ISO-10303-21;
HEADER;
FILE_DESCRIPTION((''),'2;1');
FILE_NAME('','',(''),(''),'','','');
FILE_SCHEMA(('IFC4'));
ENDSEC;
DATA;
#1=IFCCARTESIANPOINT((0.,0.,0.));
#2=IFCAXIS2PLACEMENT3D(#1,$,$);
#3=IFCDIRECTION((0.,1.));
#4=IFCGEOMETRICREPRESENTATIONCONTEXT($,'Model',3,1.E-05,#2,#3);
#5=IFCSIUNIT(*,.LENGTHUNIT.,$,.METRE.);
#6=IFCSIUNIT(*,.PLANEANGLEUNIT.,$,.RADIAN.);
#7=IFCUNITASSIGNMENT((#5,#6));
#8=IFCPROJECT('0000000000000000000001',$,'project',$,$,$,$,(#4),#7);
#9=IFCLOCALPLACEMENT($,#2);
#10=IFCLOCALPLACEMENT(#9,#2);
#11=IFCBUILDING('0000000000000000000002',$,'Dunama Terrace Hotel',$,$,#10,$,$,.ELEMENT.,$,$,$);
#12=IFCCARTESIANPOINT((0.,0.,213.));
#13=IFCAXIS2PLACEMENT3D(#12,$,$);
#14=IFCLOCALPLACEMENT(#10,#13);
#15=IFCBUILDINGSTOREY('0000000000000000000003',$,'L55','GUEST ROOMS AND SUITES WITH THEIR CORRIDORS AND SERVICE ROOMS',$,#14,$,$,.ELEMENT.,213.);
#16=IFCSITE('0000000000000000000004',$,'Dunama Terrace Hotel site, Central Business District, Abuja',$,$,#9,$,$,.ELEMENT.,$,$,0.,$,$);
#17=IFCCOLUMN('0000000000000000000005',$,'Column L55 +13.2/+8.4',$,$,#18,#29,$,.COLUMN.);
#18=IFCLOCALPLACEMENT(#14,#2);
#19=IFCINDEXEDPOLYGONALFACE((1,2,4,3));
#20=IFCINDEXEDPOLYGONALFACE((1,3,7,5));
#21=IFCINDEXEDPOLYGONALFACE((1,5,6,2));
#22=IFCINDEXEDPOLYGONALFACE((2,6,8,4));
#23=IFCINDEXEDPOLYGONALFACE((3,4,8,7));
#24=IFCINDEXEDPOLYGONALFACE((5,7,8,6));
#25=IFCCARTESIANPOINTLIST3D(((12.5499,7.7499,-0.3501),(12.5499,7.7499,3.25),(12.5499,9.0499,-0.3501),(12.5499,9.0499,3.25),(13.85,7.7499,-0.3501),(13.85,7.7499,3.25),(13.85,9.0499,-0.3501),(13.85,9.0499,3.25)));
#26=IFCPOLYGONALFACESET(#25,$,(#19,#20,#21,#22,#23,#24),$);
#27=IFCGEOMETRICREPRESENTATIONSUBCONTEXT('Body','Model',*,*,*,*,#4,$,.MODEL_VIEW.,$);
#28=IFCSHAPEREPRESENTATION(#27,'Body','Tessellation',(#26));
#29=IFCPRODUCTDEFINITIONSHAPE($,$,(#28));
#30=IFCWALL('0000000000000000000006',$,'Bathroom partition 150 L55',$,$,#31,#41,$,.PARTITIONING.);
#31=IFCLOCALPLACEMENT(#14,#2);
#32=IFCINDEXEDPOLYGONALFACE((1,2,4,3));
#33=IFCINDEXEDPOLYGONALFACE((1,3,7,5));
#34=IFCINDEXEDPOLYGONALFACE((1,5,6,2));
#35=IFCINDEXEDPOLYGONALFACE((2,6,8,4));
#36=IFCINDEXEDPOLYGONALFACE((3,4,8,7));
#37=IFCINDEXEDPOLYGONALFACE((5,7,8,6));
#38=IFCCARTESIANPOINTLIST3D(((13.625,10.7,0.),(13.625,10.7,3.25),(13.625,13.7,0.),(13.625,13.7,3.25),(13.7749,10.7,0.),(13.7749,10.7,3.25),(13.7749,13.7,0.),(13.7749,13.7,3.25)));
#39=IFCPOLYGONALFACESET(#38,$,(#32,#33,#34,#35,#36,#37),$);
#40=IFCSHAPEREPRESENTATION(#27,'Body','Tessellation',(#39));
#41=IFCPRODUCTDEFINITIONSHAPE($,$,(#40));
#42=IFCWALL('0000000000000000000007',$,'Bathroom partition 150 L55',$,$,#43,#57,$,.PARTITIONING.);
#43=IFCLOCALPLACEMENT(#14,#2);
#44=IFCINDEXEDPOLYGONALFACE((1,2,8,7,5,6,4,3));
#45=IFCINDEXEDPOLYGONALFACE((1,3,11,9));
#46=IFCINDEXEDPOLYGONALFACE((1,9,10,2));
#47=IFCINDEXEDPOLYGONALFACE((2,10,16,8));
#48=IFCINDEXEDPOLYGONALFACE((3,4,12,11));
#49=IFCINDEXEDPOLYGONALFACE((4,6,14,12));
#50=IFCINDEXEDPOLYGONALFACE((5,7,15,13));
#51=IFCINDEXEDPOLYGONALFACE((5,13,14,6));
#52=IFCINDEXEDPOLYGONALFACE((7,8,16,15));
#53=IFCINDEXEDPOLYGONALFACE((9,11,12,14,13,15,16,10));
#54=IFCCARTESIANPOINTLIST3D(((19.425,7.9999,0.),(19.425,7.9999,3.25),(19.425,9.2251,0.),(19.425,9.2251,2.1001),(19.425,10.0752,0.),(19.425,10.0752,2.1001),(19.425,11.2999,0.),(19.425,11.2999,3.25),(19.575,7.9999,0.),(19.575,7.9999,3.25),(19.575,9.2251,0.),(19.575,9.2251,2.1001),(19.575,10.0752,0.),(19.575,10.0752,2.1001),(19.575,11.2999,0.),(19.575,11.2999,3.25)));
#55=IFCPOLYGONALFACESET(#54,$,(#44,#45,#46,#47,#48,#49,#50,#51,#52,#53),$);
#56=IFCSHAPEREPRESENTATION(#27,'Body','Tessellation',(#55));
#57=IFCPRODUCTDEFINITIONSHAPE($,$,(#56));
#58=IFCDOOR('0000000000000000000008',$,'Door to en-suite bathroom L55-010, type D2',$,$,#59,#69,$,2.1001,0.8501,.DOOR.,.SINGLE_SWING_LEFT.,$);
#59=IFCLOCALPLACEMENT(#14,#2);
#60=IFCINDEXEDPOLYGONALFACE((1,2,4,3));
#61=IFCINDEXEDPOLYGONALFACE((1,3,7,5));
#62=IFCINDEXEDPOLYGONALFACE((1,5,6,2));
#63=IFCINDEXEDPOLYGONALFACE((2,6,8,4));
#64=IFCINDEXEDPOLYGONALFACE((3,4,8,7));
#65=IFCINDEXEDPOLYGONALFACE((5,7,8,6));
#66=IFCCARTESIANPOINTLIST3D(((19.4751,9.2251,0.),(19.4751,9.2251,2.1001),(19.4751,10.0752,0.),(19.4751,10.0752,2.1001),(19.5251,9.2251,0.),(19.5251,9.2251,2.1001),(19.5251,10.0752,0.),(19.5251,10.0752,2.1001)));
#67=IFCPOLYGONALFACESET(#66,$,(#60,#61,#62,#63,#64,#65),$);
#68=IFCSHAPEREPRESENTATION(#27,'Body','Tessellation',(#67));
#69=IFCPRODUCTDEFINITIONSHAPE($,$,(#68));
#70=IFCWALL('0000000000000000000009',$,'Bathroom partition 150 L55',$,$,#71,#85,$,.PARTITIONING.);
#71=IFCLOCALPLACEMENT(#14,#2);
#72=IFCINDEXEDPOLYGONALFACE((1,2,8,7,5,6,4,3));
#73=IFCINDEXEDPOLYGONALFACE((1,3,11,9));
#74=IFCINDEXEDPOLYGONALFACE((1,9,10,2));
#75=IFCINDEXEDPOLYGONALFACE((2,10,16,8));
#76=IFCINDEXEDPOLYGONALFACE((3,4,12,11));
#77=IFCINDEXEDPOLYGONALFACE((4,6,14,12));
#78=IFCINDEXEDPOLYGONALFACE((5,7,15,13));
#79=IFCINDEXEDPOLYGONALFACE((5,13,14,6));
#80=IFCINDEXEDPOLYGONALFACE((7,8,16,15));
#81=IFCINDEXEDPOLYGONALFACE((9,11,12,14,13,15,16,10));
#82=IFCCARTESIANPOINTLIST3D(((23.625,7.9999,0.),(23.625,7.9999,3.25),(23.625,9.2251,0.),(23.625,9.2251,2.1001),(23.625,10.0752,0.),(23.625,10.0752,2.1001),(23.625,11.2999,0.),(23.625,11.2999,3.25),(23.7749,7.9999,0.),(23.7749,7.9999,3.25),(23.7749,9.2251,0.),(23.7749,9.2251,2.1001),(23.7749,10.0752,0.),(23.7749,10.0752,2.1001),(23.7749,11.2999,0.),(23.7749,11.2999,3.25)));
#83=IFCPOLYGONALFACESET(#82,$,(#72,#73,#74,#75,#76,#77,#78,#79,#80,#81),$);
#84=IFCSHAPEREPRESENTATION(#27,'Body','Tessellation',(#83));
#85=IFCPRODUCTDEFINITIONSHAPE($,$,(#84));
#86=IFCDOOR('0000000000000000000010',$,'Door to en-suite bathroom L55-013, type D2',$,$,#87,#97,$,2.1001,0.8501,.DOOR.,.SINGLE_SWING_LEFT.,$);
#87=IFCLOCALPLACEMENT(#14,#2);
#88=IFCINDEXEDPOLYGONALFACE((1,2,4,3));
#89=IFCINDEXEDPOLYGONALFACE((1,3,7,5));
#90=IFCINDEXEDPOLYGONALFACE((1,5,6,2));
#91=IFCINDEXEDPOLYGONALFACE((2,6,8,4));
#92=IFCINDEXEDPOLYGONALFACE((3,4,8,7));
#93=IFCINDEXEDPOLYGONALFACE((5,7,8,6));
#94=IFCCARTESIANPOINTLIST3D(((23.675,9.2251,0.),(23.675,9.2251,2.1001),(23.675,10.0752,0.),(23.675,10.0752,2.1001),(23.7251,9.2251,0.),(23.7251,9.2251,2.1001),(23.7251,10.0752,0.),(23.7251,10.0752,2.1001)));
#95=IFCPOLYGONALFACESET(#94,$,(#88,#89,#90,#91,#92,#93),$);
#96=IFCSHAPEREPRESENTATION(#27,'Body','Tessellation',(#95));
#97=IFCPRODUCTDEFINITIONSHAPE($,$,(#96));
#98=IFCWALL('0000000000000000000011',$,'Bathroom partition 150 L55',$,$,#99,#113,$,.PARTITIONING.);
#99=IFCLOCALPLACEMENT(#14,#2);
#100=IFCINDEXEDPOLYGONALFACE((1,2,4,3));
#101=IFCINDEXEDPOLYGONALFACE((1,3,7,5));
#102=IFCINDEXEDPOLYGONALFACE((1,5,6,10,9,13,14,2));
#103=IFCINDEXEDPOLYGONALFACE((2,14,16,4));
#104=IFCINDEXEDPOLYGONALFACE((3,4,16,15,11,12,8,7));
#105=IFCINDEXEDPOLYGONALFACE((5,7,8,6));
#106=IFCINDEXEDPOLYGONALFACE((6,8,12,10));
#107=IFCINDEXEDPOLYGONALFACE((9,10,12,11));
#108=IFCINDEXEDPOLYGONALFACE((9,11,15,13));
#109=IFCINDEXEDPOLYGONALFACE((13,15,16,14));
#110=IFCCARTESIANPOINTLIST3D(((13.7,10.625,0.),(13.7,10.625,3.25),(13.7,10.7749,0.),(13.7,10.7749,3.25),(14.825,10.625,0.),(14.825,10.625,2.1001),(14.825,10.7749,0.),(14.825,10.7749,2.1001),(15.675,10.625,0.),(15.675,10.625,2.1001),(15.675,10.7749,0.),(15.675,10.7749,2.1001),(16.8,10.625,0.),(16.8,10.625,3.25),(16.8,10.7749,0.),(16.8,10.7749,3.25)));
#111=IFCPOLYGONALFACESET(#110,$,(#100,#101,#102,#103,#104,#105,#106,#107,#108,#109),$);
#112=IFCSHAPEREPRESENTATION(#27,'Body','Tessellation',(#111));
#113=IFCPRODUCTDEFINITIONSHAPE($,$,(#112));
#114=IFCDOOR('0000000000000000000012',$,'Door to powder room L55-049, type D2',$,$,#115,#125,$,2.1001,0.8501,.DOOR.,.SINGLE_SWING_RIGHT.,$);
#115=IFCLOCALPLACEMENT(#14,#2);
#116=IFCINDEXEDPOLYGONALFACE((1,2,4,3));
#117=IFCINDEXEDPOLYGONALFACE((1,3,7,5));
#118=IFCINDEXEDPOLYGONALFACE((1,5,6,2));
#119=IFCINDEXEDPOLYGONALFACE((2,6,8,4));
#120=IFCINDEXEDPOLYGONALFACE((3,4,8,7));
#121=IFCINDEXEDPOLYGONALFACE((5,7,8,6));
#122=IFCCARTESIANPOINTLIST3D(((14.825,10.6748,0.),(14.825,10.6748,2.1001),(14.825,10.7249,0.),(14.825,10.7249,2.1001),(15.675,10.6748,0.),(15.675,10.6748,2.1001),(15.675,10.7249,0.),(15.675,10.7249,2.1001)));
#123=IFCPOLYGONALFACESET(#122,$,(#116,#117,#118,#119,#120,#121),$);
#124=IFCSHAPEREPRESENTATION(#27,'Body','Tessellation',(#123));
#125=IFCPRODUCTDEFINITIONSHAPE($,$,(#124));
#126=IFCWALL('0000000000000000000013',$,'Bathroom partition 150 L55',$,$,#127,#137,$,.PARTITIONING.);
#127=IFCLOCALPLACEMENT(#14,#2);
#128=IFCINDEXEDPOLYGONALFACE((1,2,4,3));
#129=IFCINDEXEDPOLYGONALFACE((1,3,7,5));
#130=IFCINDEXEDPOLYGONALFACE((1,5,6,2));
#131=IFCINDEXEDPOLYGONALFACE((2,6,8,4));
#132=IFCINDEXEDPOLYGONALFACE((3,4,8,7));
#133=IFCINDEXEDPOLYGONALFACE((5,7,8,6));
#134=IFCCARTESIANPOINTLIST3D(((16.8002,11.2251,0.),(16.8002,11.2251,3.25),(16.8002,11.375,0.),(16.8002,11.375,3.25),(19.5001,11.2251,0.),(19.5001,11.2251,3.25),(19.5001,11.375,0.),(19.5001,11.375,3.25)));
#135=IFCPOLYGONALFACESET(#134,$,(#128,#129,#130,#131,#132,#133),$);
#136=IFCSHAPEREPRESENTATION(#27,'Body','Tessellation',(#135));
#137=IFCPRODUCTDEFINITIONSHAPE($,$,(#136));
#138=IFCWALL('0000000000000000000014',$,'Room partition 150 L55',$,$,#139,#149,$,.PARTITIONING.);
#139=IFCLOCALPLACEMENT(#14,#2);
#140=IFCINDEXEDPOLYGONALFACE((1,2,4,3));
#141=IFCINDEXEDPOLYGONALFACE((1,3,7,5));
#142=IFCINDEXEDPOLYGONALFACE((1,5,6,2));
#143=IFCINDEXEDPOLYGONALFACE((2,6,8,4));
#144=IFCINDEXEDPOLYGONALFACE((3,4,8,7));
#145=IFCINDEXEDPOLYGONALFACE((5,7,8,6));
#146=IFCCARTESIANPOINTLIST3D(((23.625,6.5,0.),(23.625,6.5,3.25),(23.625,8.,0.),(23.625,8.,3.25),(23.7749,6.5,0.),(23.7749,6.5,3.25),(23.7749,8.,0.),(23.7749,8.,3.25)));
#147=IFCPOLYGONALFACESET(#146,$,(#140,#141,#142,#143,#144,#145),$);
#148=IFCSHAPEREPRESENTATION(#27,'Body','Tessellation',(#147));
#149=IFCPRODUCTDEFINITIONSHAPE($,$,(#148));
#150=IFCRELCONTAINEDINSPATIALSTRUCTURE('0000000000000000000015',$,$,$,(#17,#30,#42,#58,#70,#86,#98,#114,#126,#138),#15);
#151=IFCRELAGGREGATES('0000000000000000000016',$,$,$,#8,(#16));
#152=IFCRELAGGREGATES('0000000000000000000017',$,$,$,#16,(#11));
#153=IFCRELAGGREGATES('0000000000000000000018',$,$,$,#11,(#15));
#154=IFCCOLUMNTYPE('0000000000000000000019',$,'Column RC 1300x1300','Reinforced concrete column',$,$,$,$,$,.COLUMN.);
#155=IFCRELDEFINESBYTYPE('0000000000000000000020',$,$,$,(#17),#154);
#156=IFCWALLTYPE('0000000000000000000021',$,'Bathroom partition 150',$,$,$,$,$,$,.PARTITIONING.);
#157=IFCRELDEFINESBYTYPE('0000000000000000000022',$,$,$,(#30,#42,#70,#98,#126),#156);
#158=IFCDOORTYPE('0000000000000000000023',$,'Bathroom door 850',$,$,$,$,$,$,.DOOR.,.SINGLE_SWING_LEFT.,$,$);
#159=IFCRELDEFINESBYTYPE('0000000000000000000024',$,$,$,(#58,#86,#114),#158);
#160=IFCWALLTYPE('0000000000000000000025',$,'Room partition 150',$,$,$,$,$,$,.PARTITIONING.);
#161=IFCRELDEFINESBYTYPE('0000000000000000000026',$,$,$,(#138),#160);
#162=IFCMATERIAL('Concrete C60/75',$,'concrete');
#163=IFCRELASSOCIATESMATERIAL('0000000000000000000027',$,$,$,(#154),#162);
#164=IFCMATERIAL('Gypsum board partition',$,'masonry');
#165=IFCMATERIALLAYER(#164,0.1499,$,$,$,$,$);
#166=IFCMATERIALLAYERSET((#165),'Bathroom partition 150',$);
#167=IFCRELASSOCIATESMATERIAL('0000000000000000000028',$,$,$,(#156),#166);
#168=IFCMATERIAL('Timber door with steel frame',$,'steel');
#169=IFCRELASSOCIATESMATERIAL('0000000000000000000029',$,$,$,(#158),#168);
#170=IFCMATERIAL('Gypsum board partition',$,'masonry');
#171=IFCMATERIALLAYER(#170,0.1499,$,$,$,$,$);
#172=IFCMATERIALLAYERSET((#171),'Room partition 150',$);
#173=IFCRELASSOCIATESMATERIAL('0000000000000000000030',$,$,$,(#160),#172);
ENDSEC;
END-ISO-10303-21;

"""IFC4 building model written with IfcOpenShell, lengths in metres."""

from ifc_helpers import new_model, si_unit, direction, frame, frame_2d, origin, origin_2d, place, context, subcontext, project, spatial, rectangle, extrude, material, layer, layer_set, material_profile, profile_set, type_object, element, fill, save


model = new_model("IFC4")

# Units and contexts
model_context = context("Model", 3, precision=1e-05, world=origin(), true_north=direction((0.0, 1.0)))
body_context = subcontext(model_context, "Body", "Model", "MODEL_VIEW")
ifc_project = project(units=[si_unit("LENGTHUNIT", "METRE"), si_unit("PLANEANGLEUNIT", "RADIAN")], contexts=[model_context])

# Site, building, storey
site_placement = place(None, origin())
site = spatial("IfcSite", under=ifc_project, at=site_placement, Name="Dunama Terrace Hotel site, Central Business District, Abuja", CompositionType="ELEMENT", RefElevation=0.0)
building_placement = place(site_placement, origin())
building = spatial("IfcBuilding", under=site, at=building_placement, Name="Dunama Terrace Hotel", CompositionType="ELEMENT")
storey_placement = place(building_placement, frame((0.0, 0.0, 213.0)))
storey = spatial("IfcBuildingStorey", under=building, at=storey_placement, Name="L55", Description="GUEST ROOMS AND SUITES WITH THEIR CORRIDORS AND SERVICE ROOMS", CompositionType="ELEMENT", Elevation=213.0)

# Column
ifc_material_1 = material(Name="Concrete C60/75", Category="concrete")
ifc_material_profile = material_profile(ifc_material_1, rectangle(XDim=1.3, YDim=1.3, at=origin_2d()), Name="RC 1300x1300")
ifc_profile_set = profile_set([ifc_material_profile], Name="Concrete C60/75")
column_type = type_object("IfcColumnType", Name="Column RC 1300x1300", Description="Reinforced concrete column", PredefinedType="COLUMN", material=ifc_profile_set)
column_placement = place(storey_placement, frame((13.2, 8.3999, -0.3501), z_axis=(0.0, 0.0, 1.0), x_axis=(1.0, 0.0, 0.0)))
element("IfcColumn", 1, at=column_placement, inside=storey, type_object=column_type, Name="Column L55 +13.2/+8.4", PredefinedType="COLUMN", context=body_context, shape_type="SweptSolid", body=[
    extrude(rectangle(XDim=1.3, YDim=1.3, at=origin_2d()), origin(), (0.0, 0.0, 1.0), 3.6001),
])

# Wall
ifc_material_2 = material(Name="Gypsum board partition", Category="masonry")
ifc_layer_1 = layer(ifc_material_2, 0.1499)
ifc_layer_set_1 = layer_set([ifc_layer_1], Name="Bathroom partition 150")
wall_type_1 = type_object("IfcWallType", Name="Bathroom partition 150", PredefinedType="PARTITIONING", material=ifc_layer_set_1)
wall_1_placement = place(storey_placement, frame((13.7, 10.7, 0.0), z_axis=(0.0, 0.0, 1.0), x_axis=(0.0, 1.0, 0.0)))
element("IfcWall", 2, at=wall_1_placement, inside=storey, type_object=wall_type_1, Name="Bathroom partition 150 L55", PredefinedType="PARTITIONING", context=body_context, shape_type="SweptSolid", body=[
    extrude(rectangle(XDim=3.0, YDim=0.1499, at=frame_2d((1.5, 0.0))), origin(), (0.0, 0.0, 1.0), 3.25),
])

# Walls, openings, doors
wall_2_placement = place(storey_placement, frame((19.5, 8.0, 0.0), z_axis=(0.0, 0.0, 1.0), x_axis=(0.0, 1.0, 0.0)))
wall_2 = element("IfcWall", 3, at=wall_2_placement, inside=storey, type_object=wall_type_1, Name="Bathroom partition 150 L55", PredefinedType="PARTITIONING", context=body_context, shape_type="SweptSolid", body=[
    extrude(rectangle(XDim=3.3, YDim=0.1499, at=frame_2d((1.6499, 0.0))), origin(), (0.0, 0.0, 1.0), 3.25),
])
opening_1_placement = place(wall_2_placement, frame((1.2251, 0.0, 0.0)))
opening_1 = element("IfcOpeningElement", 4, at=opening_1_placement, cuts=wall_2, PredefinedType="OPENING", context=body_context, shape_type="SweptSolid", body=[
    extrude(rectangle(XDim=0.8501, YDim=2.1001, at=frame_2d((0.425, 1.05))), frame((0.0, 0.085, 0.0), z_axis=(0.0, -1.0, 0.0), x_axis=(1.0, 0.0, 0.0)), (0.0, 0.0, 1.0), 0.1699),
])
ifc_material_3 = material(Name="Timber door with steel frame", Category="steel")
door_type_1 = type_object("IfcDoorType", Name="Bathroom door 850", OperationType="SINGLE_SWING_LEFT", PredefinedType="DOOR", material=ifc_material_3)
door_1_placement = place(opening_1_placement, origin())
door_1 = element("IfcDoor", 5, at=door_1_placement, inside=storey, type_object=door_type_1, Name="Door to en-suite bathroom L55-010, type D2", OperationType="SINGLE_SWING_LEFT", OverallHeight=2.1001, OverallWidth=0.8501, PredefinedType="DOOR", context=body_context, shape_type="SweptSolid", body=[
    extrude(rectangle(XDim=0.8501, YDim=2.1001, at=frame_2d((0.425, 1.05))), frame((0.0, 0.0249, 0.0), z_axis=(0.0, -1.0, 0.0), x_axis=(1.0, 0.0, 0.0)), (0.0, 0.0, 1.0), 0.05),
])
fill(opening_1, door_1)
wall_3_placement = place(storey_placement, frame((23.7, 8.0, 0.0), z_axis=(0.0, 0.0, 1.0), x_axis=(0.0, 1.0, 0.0)))
wall_3 = element("IfcWall", 6, at=wall_3_placement, inside=storey, type_object=wall_type_1, Name="Bathroom partition 150 L55", PredefinedType="PARTITIONING", context=body_context, shape_type="SweptSolid", body=[
    extrude(rectangle(XDim=3.3, YDim=0.1499, at=frame_2d((1.6499, 0.0))), origin(), (0.0, 0.0, 1.0), 3.25),
])
opening_2_placement = place(wall_3_placement, frame((1.2251, 0.0, 0.0)))
opening_2 = element("IfcOpeningElement", 7, at=opening_2_placement, cuts=wall_3, PredefinedType="OPENING", context=body_context, shape_type="SweptSolid", body=[
    extrude(rectangle(XDim=0.8501, YDim=2.1001, at=frame_2d((0.425, 1.05))), frame((0.0, 0.085, 0.0), z_axis=(0.0, -1.0, 0.0), x_axis=(1.0, 0.0, 0.0)), (0.0, 0.0, 1.0), 0.1699),
])
door_2_placement = place(opening_2_placement, origin())
door_2 = element("IfcDoor", 8, at=door_2_placement, inside=storey, type_object=door_type_1, Name="Door to en-suite bathroom L55-013, type D2", OperationType="SINGLE_SWING_LEFT", OverallHeight=2.1001, OverallWidth=0.8501, PredefinedType="DOOR", context=body_context, shape_type="SweptSolid", body=[
    extrude(rectangle(XDim=0.8501, YDim=2.1001, at=frame_2d((0.425, 1.05))), frame((0.0, 0.0249, 0.0), z_axis=(0.0, -1.0, 0.0), x_axis=(1.0, 0.0, 0.0)), (0.0, 0.0, 1.0), 0.05),
])
fill(opening_2, door_2)
wall_4_placement = place(storey_placement, frame((13.7, 10.7, 0.0), z_axis=(0.0, 0.0, 1.0), x_axis=(1.0, 0.0, 0.0)))
wall_4 = element("IfcWall", 9, at=wall_4_placement, inside=storey, type_object=wall_type_1, Name="Bathroom partition 150 L55", PredefinedType="PARTITIONING", context=body_context, shape_type="SweptSolid", body=[
    extrude(rectangle(XDim=3.1001, YDim=0.1499, at=frame_2d((1.55, 0.0))), origin(), (0.0, 0.0, 1.0), 3.25),
])
opening_3_placement = place(wall_4_placement, frame((1.125, 0.0, 0.0)))
opening_3 = element("IfcOpeningElement", 10, at=opening_3_placement, cuts=wall_4, PredefinedType="OPENING", context=body_context, shape_type="SweptSolid", body=[
    extrude(rectangle(XDim=0.8501, YDim=2.1001, at=frame_2d((0.425, 1.05))), frame((0.0, 0.085, 0.0), z_axis=(0.0, -1.0, 0.0), x_axis=(1.0, 0.0, 0.0)), (0.0, 0.0, 1.0), 0.1699),
])
door_3_placement = place(opening_3_placement, origin())
door_3 = element("IfcDoor", 11, at=door_3_placement, inside=storey, type_object=door_type_1, Name="Door to powder room L55-049, type D2", OperationType="SINGLE_SWING_RIGHT", OverallHeight=2.1001, OverallWidth=0.8501, PredefinedType="DOOR", context=body_context, shape_type="SweptSolid", body=[
    extrude(rectangle(XDim=0.8501, YDim=2.1001, at=frame_2d((0.425, 1.05))), frame((0.0, 0.0249, 0.0), z_axis=(0.0, -1.0, 0.0), x_axis=(1.0, 0.0, 0.0)), (0.0, 0.0, 1.0), 0.05),
])
fill(opening_3, door_3)

# Walls
wall_5_placement = place(storey_placement, frame((16.8, 11.3, 0.0), z_axis=(0.0, 0.0, 1.0), x_axis=(1.0, 0.0, 0.0)))
element("IfcWall", 12, at=wall_5_placement, inside=storey, type_object=wall_type_1, Name="Bathroom partition 150 L55", PredefinedType="PARTITIONING", context=body_context, shape_type="SweptSolid", body=[
    extrude(rectangle(XDim=2.7, YDim=0.1499, at=frame_2d((1.3501, 0.0))), origin(), (0.0, 0.0, 1.0), 3.25),
])
ifc_material_4 = material(Name="Gypsum board partition", Category="masonry")
ifc_layer_2 = layer(ifc_material_4, 0.1499)
ifc_layer_set_2 = layer_set([ifc_layer_2], Name="Room partition 150")
wall_type_2 = type_object("IfcWallType", Name="Room partition 150", PredefinedType="PARTITIONING", material=ifc_layer_set_2)
wall_6_placement = place(storey_placement, frame((23.7, 6.5, 0.0), z_axis=(0.0, 0.0, 1.0), x_axis=(0.0, 1.0, 0.0)))
element("IfcWall", 13, at=wall_6_placement, inside=storey, type_object=wall_type_2, Name="Room partition 150 L55", PredefinedType="PARTITIONING", context=body_context, shape_type="SweptSolid", body=[
    extrude(rectangle(XDim=1.5, YDim=0.1499, at=frame_2d((0.75, 0.0))), origin(), (0.0, 0.0, 1.0), 3.25),
])

save(model, "model.ifc")
